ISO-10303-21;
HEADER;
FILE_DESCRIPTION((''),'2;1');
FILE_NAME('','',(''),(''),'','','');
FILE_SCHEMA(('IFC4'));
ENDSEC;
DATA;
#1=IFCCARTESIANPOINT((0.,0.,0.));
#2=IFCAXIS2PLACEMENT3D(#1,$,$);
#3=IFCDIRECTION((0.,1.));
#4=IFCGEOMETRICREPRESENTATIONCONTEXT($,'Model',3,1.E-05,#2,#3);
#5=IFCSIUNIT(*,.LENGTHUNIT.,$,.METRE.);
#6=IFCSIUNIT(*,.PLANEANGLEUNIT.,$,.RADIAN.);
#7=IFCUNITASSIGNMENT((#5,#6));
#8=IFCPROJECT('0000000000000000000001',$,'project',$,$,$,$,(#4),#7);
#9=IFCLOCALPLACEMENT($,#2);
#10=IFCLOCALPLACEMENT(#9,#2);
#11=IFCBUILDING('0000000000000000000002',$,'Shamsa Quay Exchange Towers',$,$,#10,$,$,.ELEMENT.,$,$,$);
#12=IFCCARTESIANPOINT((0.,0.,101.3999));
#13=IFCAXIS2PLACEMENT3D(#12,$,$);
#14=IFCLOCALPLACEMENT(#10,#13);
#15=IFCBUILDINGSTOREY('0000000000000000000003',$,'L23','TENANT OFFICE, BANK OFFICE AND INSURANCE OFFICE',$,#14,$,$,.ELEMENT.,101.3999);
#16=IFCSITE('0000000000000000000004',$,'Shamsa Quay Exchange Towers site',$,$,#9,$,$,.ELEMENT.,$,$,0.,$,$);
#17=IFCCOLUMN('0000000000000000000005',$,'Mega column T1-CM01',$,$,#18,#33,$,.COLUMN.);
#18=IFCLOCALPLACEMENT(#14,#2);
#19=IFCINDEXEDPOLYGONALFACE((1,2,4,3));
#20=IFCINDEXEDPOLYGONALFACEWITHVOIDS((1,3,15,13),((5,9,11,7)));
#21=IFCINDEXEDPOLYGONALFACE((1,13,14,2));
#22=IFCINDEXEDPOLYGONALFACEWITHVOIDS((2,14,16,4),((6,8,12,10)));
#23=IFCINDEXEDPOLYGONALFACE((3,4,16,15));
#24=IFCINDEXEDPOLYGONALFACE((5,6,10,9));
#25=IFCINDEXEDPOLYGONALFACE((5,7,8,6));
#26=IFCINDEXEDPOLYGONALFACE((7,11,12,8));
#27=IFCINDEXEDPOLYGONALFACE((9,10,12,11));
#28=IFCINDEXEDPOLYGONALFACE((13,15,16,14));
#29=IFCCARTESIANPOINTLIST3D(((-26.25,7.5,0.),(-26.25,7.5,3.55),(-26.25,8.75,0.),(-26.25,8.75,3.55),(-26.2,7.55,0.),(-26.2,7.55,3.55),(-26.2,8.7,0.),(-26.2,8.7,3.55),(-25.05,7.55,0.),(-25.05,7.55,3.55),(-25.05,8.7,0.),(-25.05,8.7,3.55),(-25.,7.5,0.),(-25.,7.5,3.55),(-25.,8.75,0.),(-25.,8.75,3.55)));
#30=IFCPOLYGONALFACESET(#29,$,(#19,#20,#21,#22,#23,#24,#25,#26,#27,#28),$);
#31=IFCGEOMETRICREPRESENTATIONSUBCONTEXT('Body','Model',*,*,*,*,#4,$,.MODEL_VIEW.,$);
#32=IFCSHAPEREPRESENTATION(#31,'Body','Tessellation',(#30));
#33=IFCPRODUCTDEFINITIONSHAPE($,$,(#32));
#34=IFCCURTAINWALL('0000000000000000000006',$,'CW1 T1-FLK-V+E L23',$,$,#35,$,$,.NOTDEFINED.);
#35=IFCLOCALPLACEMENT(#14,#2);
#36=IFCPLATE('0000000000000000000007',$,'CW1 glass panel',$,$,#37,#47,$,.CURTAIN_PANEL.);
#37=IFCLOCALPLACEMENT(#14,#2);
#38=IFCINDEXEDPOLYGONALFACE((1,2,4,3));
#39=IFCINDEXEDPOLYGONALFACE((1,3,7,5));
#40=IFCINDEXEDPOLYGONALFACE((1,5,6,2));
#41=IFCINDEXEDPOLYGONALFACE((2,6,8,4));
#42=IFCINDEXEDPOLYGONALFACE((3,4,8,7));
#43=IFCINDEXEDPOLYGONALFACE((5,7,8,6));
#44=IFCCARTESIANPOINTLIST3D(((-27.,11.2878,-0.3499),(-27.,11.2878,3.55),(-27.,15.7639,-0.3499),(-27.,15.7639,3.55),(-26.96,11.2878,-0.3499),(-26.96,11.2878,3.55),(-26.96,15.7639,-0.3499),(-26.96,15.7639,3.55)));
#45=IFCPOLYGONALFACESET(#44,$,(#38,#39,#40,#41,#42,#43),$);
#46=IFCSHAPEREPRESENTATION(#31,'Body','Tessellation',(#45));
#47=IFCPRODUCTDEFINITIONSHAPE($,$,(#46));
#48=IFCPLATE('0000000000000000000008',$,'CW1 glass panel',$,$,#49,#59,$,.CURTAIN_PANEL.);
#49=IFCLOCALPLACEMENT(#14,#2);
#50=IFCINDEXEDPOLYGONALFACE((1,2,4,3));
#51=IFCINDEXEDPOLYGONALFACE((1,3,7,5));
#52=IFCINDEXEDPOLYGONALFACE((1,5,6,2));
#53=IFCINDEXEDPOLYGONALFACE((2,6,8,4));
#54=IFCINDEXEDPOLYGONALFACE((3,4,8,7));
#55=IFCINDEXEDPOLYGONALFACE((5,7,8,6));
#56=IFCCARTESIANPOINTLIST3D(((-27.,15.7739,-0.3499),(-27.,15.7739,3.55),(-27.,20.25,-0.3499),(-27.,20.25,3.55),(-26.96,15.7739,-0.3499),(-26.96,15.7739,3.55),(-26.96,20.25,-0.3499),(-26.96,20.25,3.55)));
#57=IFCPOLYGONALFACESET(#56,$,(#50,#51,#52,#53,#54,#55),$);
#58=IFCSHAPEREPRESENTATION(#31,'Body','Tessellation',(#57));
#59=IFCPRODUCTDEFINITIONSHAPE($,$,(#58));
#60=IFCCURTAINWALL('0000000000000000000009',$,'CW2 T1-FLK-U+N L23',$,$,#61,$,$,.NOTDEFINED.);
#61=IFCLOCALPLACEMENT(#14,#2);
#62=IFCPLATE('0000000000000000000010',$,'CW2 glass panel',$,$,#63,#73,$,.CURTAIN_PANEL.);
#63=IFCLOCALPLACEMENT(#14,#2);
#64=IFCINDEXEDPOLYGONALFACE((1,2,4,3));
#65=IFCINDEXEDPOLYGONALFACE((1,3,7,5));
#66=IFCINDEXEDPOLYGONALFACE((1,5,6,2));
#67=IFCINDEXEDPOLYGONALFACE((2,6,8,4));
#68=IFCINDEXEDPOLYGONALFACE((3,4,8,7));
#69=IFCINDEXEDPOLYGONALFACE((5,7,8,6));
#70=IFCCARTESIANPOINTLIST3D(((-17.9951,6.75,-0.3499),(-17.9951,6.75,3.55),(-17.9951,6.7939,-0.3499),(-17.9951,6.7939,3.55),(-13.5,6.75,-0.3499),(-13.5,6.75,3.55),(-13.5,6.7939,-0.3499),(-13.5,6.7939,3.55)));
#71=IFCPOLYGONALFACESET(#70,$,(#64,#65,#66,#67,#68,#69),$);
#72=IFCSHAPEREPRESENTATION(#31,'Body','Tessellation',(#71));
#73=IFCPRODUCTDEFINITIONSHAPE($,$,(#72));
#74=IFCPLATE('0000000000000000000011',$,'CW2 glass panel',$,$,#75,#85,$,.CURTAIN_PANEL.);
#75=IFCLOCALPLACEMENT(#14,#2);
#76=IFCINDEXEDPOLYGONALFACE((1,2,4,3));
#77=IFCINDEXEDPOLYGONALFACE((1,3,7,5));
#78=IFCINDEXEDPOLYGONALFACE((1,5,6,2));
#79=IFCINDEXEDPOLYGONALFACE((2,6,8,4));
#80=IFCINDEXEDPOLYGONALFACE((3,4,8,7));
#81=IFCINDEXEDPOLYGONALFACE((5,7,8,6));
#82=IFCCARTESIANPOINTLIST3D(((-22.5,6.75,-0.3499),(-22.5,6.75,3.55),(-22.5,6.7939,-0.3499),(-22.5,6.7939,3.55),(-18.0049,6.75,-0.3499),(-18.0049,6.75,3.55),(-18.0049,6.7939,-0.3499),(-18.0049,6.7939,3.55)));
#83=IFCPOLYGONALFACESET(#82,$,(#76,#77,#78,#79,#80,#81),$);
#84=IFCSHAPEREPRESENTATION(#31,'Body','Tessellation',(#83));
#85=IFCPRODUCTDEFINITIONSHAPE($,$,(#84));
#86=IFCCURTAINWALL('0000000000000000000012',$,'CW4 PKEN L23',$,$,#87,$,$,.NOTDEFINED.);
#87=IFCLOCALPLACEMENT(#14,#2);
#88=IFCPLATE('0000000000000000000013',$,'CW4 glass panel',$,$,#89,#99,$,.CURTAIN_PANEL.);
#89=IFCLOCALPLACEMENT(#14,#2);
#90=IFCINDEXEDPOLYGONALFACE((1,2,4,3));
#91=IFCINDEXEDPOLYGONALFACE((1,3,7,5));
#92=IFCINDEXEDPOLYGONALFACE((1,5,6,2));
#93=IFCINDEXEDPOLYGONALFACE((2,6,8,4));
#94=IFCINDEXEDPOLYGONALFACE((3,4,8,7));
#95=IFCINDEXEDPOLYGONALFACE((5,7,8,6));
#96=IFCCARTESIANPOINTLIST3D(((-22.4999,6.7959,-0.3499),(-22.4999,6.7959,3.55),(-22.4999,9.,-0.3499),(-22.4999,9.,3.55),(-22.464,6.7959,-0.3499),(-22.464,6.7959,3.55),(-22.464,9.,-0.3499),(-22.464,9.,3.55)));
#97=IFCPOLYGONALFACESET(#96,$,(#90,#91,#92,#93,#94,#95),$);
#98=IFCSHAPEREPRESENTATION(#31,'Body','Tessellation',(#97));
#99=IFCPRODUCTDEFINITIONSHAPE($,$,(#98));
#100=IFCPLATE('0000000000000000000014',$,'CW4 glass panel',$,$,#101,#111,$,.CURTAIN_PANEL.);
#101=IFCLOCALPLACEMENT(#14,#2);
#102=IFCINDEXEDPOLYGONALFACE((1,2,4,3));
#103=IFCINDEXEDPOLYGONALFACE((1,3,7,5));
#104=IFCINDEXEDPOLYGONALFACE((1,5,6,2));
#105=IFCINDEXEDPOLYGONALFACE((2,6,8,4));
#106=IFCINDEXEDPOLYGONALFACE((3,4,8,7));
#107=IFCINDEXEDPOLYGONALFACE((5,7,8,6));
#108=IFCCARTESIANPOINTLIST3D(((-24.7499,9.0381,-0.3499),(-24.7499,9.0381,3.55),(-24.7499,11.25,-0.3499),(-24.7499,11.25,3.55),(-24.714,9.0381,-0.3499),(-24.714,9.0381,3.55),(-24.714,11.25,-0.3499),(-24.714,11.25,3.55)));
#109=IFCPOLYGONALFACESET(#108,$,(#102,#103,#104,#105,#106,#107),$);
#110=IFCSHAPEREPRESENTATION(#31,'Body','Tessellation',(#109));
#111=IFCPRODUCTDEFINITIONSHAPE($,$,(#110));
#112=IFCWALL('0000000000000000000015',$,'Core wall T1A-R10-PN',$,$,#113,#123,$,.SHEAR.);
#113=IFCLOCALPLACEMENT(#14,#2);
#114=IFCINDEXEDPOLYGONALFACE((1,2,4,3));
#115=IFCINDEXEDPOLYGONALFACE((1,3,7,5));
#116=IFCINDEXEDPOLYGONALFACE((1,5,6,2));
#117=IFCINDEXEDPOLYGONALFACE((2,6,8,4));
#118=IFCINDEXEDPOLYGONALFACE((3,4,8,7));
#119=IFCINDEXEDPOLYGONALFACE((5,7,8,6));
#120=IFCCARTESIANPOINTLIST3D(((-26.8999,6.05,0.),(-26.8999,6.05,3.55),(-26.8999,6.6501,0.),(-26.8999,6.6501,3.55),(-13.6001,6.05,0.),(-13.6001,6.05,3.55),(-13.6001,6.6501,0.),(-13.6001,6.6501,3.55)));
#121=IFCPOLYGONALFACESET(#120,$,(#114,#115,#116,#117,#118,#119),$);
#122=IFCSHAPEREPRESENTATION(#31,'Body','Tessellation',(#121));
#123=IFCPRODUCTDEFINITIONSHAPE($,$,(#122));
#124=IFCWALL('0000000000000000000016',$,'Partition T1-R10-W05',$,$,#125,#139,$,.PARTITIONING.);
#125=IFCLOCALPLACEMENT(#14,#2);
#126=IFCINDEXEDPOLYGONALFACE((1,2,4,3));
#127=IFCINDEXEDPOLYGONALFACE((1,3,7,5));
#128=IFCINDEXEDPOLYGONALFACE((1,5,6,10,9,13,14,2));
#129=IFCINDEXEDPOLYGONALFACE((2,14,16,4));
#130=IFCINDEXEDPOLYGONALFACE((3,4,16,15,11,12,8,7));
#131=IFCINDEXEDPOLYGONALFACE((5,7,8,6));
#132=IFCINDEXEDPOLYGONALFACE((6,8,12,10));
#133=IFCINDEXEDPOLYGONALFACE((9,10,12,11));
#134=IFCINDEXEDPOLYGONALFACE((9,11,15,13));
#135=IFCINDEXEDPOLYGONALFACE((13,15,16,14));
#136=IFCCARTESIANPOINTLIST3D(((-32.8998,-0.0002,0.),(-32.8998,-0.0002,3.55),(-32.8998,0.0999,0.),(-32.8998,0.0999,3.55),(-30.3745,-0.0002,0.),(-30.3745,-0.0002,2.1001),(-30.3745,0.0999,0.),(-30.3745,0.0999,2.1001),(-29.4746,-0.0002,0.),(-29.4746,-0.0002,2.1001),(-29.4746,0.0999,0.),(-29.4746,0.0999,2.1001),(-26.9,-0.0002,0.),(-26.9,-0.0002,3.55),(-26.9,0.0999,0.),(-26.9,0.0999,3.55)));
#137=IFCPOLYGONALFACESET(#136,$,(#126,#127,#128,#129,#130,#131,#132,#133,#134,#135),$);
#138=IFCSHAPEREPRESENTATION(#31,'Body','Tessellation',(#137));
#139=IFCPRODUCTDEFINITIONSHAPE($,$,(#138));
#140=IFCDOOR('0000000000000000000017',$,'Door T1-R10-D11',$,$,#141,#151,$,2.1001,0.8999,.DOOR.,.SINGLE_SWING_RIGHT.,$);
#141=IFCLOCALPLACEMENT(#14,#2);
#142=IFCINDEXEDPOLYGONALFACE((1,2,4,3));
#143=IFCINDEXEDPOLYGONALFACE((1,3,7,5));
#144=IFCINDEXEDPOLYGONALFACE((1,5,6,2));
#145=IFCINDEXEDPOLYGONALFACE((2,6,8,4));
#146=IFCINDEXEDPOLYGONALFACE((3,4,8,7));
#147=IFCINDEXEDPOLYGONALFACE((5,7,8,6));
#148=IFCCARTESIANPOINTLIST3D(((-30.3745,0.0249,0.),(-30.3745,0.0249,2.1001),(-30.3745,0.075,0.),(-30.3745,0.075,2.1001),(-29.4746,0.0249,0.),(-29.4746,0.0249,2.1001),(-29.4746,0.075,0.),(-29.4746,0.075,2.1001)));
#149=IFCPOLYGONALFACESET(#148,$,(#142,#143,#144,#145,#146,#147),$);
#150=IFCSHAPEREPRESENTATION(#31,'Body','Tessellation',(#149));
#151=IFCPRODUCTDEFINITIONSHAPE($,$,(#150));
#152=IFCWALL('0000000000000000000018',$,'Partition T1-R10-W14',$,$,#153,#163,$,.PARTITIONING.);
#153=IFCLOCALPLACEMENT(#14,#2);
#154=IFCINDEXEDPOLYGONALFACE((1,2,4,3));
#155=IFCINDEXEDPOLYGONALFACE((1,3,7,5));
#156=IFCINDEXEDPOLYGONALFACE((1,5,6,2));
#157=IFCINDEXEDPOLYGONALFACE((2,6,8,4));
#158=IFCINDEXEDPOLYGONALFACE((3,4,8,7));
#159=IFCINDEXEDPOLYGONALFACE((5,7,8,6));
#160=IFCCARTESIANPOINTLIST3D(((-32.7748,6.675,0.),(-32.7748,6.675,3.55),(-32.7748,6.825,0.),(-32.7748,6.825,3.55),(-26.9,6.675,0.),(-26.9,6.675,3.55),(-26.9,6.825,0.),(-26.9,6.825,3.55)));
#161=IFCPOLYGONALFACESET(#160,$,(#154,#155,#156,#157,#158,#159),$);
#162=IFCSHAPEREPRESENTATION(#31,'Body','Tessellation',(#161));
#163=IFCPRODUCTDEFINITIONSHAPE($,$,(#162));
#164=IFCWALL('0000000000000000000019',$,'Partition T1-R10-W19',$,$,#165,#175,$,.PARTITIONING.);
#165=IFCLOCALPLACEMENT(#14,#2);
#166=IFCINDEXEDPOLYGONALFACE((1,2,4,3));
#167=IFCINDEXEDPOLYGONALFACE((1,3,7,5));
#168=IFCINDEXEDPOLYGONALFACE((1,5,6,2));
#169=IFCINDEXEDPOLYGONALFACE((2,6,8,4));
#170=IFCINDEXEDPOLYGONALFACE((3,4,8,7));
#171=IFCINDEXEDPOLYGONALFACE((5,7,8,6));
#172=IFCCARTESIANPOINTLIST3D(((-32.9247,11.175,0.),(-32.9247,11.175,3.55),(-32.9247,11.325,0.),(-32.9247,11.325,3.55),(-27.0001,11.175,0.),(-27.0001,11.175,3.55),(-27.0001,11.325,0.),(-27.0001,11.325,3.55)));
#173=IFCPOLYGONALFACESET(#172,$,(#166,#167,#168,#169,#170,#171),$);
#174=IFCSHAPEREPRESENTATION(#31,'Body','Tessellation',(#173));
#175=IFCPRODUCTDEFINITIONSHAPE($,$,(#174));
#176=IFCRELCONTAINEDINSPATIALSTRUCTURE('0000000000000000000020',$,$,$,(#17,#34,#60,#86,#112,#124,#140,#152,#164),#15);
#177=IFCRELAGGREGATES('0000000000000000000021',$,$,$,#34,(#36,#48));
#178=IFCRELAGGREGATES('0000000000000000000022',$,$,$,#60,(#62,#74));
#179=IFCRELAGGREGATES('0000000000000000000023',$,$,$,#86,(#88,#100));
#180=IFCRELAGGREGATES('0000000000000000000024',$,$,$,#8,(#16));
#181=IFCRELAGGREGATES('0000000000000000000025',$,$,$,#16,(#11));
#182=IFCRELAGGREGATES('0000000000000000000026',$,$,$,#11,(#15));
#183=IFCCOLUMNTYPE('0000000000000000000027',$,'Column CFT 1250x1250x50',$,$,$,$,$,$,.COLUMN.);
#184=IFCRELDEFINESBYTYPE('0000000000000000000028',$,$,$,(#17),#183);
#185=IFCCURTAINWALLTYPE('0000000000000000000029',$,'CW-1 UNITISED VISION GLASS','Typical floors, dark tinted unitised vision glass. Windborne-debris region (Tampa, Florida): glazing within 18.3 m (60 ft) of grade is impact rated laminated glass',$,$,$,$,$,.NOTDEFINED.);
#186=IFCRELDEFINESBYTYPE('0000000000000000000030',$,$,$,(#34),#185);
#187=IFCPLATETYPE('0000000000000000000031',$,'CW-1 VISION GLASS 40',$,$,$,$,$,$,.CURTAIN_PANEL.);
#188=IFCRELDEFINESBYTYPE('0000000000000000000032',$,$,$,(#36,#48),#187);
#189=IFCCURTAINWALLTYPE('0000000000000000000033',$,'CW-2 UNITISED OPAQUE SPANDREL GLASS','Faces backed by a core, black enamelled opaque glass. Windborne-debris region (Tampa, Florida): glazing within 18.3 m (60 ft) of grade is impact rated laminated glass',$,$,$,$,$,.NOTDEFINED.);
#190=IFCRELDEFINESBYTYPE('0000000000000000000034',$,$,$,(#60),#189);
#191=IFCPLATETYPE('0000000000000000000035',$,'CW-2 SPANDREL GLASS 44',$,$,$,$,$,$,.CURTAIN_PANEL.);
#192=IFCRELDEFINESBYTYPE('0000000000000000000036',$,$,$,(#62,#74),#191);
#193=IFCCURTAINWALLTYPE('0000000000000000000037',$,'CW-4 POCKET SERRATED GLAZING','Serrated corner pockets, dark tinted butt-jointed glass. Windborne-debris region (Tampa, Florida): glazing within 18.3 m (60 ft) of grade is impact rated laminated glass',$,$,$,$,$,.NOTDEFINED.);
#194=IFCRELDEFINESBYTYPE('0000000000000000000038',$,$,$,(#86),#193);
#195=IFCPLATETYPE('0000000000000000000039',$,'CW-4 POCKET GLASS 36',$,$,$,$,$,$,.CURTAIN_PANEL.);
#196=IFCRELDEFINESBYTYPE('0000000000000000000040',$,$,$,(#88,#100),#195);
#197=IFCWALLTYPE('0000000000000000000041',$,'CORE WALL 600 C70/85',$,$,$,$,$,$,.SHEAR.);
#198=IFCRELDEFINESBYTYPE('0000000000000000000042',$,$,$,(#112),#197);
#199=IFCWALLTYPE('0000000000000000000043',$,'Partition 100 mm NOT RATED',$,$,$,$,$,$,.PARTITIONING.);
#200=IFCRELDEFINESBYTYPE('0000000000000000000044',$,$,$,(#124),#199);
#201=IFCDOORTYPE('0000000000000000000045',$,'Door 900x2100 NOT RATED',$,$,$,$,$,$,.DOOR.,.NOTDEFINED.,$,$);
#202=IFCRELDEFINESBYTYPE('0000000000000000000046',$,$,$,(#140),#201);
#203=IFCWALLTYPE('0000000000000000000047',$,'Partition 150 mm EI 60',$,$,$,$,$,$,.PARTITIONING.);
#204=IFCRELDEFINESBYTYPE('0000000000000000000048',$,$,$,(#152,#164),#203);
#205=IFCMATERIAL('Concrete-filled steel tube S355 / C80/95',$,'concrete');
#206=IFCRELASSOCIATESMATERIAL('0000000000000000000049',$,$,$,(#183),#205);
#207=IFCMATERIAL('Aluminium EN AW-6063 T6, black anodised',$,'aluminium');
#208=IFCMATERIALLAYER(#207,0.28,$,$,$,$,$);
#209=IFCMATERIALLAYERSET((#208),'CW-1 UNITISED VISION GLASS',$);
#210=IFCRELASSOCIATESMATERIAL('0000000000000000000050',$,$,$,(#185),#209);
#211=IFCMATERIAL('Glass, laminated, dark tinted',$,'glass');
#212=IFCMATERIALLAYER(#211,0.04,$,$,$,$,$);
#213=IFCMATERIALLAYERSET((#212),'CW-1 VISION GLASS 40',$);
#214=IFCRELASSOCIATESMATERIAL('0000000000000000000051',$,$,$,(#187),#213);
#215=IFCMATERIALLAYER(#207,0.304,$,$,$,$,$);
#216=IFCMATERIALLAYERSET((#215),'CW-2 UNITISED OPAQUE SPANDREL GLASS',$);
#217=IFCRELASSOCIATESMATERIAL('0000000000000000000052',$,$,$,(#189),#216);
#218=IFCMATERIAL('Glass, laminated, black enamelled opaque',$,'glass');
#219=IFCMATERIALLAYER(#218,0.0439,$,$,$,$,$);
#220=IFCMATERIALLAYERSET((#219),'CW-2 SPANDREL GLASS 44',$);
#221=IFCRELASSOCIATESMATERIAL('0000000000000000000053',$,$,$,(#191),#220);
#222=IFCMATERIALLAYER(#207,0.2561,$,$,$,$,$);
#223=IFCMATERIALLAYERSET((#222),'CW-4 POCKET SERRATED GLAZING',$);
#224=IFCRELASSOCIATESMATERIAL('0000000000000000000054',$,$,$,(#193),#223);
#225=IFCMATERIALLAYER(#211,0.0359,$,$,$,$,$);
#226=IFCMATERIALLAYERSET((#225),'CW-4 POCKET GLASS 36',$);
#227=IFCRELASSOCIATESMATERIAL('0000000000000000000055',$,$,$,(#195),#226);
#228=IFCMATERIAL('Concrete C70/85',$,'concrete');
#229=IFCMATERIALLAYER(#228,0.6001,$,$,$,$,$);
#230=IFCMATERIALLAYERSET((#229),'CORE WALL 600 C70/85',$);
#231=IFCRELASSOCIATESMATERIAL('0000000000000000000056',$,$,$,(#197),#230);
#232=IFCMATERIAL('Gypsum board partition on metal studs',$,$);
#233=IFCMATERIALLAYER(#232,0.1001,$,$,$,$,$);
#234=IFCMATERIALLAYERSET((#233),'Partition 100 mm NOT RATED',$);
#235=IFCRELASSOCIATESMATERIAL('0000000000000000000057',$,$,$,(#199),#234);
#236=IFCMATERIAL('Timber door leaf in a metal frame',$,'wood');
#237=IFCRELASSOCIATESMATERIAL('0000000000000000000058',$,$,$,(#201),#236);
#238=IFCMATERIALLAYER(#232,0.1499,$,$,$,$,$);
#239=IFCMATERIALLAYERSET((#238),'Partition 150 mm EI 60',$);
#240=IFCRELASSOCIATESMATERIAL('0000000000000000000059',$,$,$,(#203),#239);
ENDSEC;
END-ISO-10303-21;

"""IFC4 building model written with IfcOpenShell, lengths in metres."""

from ifc_helpers import new_model, si_unit, direction, frame, frame_2d, origin, origin_2d, place, context, subcontext, project, spatial, rectangle, hollow_rectangle, extrude, material, layer, layer_set, material_profile, profile_set, type_object, element, fill, aggregate, save


model = new_model("IFC4")

# Units and contexts
model_context = context("Model", 3, precision=1e-05, world=origin(), true_north=direction((0.0, 1.0)))
body_context = subcontext(model_context, "Body", "Model", "MODEL_VIEW")
ifc_project = project(units=[si_unit("LENGTHUNIT", "METRE"), si_unit("PLANEANGLEUNIT", "RADIAN")], contexts=[model_context])

# Site, building, storey
site_placement = place(None, origin())
site = spatial("IfcSite", under=ifc_project, at=site_placement, Name="Shamsa Quay Exchange Towers site", CompositionType="ELEMENT", RefElevation=0.0)
building_placement = place(site_placement, origin())
building = spatial("IfcBuilding", under=site, at=building_placement, Name="Shamsa Quay Exchange Towers", CompositionType="ELEMENT")
storey_placement = place(building_placement, frame((0.0, 0.0, 101.3999)))
storey = spatial("IfcBuildingStorey", under=building, at=storey_placement, Name="L23", Description="TENANT OFFICE, BANK OFFICE AND INSURANCE OFFICE", CompositionType="ELEMENT", Elevation=101.3999)

# Column
ifc_material_1 = material(Name="Concrete-filled steel tube S355 / C80/95", Category="concrete")
ifc_material_profile = material_profile(ifc_material_1, hollow_rectangle(XDim=1.25, YDim=1.25, WallThickness=0.05, at=origin_2d()), Name="CFT 1250x1250x50")
ifc_profile_set = profile_set([ifc_material_profile], Name="Concrete-filled steel tube S355 / C80/95")
column_type = type_object("IfcColumnType", Name="Column CFT 1250x1250x50", PredefinedType="COLUMN", material=ifc_profile_set)
column_placement = place(storey_placement, frame((-25.625, 8.125, 0.0)))
element("IfcColumn", 1, at=column_placement, inside=storey, type_object=column_type, Name="Mega column T1-CM01", PredefinedType="COLUMN", context=body_context, shape_type="SweptSolid", body=[
    extrude(hollow_rectangle(XDim=1.25, YDim=1.25, WallThickness=0.05, at=origin_2d()), origin(), (0.0, 0.0, 1.0), 3.55),
])

# Curtain walls, plates
ifc_material_2 = material(Name="Aluminium EN AW-6063 T6, black anodised", Category="aluminium")
ifc_layer_1 = layer(ifc_material_2, 0.28)
ifc_layer_set_1 = layer_set([ifc_layer_1], Name="CW-1 UNITISED VISION GLASS")
curtain_wall_type_1 = type_object("IfcCurtainWallType", Name="CW-1 UNITISED VISION GLASS", Description="Typical floors, dark tinted unitised vision glass. Windborne-debris region (Tampa, Florida): glazing within 18.3 m (60 ft) of grade is impact rated laminated glass", PredefinedType="NOTDEFINED", material=ifc_layer_set_1)
curtain_wall_1_placement = place(storey_placement, origin())
curtain_wall_1 = element("IfcCurtainWall", 2, at=curtain_wall_1_placement, inside=storey, type_object=curtain_wall_type_1, Name="CW1 T1-FLK-V+E L23", PredefinedType="NOTDEFINED")
ifc_material_3 = material(Name="Glass, laminated, dark tinted", Category="glass")
ifc_layer_2 = layer(ifc_material_3, 0.04)
ifc_layer_set_2 = layer_set([ifc_layer_2], Name="CW-1 VISION GLASS 40")
plate_type_1 = type_object("IfcPlateType", Name="CW-1 VISION GLASS 40", PredefinedType="CURTAIN_PANEL", material=ifc_layer_set_2)
plate_1_placement = place(storey_placement, frame((-26.98, 13.5259, -0.3499), z_axis=(0.0, 0.0, 1.0), x_axis=(0.0, 1.0, 0.0)))
plate_1 = element("IfcPlate", 3, at=plate_1_placement, type_object=plate_type_1, Name="CW1 glass panel", PredefinedType="CURTAIN_PANEL", context=body_context, shape_type="SweptSolid", body=[
    extrude(rectangle(XDim=4.4761, YDim=0.04, at=origin_2d()), origin(), (0.0, 0.0, 1.0), 3.8999),
])
plate_2_placement = place(storey_placement, frame((-26.98, 18.012, -0.3499), z_axis=(0.0, 0.0, 1.0), x_axis=(0.0, 1.0, 0.0)))
plate_2 = element("IfcPlate", 4, at=plate_2_placement, type_object=plate_type_1, Name="CW1 glass panel", PredefinedType="CURTAIN_PANEL", context=body_context, shape_type="SweptSolid", body=[
    extrude(rectangle(XDim=4.4761, YDim=0.04, at=origin_2d()), origin(), (0.0, 0.0, 1.0), 3.8999),
])
aggregate(curtain_wall_1, [plate_1, plate_2])
ifc_layer_3 = layer(ifc_material_2, 0.304)
ifc_layer_set_3 = layer_set([ifc_layer_3], Name="CW-2 UNITISED OPAQUE SPANDREL GLASS")
curtain_wall_type_2 = type_object("IfcCurtainWallType", Name="CW-2 UNITISED OPAQUE SPANDREL GLASS", Description="Faces backed by a core, black enamelled opaque glass. Windborne-debris region (Tampa, Florida): glazing within 18.3 m (60 ft) of grade is impact rated laminated glass", PredefinedType="NOTDEFINED", material=ifc_layer_set_3)
curtain_wall_2_placement = place(storey_placement, origin())
curtain_wall_2 = element("IfcCurtainWall", 5, at=curtain_wall_2_placement, inside=storey, type_object=curtain_wall_type_2, Name="CW2 T1-FLK-U+N L23", PredefinedType="NOTDEFINED")
ifc_material_4 = material(Name="Glass, laminated, black enamelled opaque", Category="glass")
ifc_layer_4 = layer(ifc_material_4, 0.0439)
ifc_layer_set_4 = layer_set([ifc_layer_4], Name="CW-2 SPANDREL GLASS 44")
plate_type_2 = type_object("IfcPlateType", Name="CW-2 SPANDREL GLASS 44", PredefinedType="CURTAIN_PANEL", material=ifc_layer_set_4)
plate_3_placement = place(storey_placement, frame((-15.7476, 6.772, -0.3499), z_axis=(0.0, 0.0, 1.0), x_axis=(-1.0, 0.0, 0.0)))
plate_3 = element("IfcPlate", 6, at=plate_3_placement, type_object=plate_type_2, Name="CW2 glass panel", PredefinedType="CURTAIN_PANEL", context=body_context, shape_type="SweptSolid", body=[
    extrude(rectangle(XDim=4.4951, YDim=0.0439, at=origin_2d()), origin(), (0.0, 0.0, 1.0), 3.8999),
])
plate_4_placement = place(storey_placement, frame((-20.2524, 6.772, -0.3499), z_axis=(0.0, 0.0, 1.0), x_axis=(-1.0, 0.0, 0.0)))
plate_4 = element("IfcPlate", 7, at=plate_4_placement, type_object=plate_type_2, Name="CW2 glass panel", PredefinedType="CURTAIN_PANEL", context=body_context, shape_type="SweptSolid", body=[
    extrude(rectangle(XDim=4.4951, YDim=0.0439, at=origin_2d()), origin(), (0.0, 0.0, 1.0), 3.8999),
])
aggregate(curtain_wall_2, [plate_3, plate_4])
ifc_layer_5 = layer(ifc_material_2, 0.2561)
ifc_layer_set_5 = layer_set([ifc_layer_5], Name="CW-4 POCKET SERRATED GLAZING")
curtain_wall_type_3 = type_object("IfcCurtainWallType", Name="CW-4 POCKET SERRATED GLAZING", Description="Serrated corner pockets, dark tinted butt-jointed glass. Windborne-debris region (Tampa, Florida): glazing within 18.3 m (60 ft) of grade is impact rated laminated glass", PredefinedType="NOTDEFINED", material=ifc_layer_set_5)
curtain_wall_3_placement = place(storey_placement, origin())
curtain_wall_3 = element("IfcCurtainWall", 8, at=curtain_wall_3_placement, inside=storey, type_object=curtain_wall_type_3, Name="CW4 PKEN L23", PredefinedType="NOTDEFINED")
ifc_layer_6 = layer(ifc_material_3, 0.0359)
ifc_layer_set_6 = layer_set([ifc_layer_6], Name="CW-4 POCKET GLASS 36")
plate_type_3 = type_object("IfcPlateType", Name="CW-4 POCKET GLASS 36", PredefinedType="CURTAIN_PANEL", material=ifc_layer_set_6)
plate_5_placement = place(storey_placement, frame((-22.4819, 7.8979, -0.3499), z_axis=(0.0, 0.0, 1.0), x_axis=(0.0, 1.0, 0.0)))
plate_5 = element("IfcPlate", 9, at=plate_5_placement, type_object=plate_type_3, Name="CW4 glass panel", PredefinedType="CURTAIN_PANEL", context=body_context, shape_type="SweptSolid", body=[
    extrude(rectangle(XDim=2.2041, YDim=0.0359, at=origin_2d()), origin(), (0.0, 0.0, 1.0), 3.8999),
])
plate_6_placement = place(storey_placement, frame((-24.7319, 10.144, -0.3499), z_axis=(0.0, 0.0, 1.0), x_axis=(0.0, 1.0, 0.0)))
plate_6 = element("IfcPlate", 10, at=plate_6_placement, type_object=plate_type_3, Name="CW4 glass panel", PredefinedType="CURTAIN_PANEL", context=body_context, shape_type="SweptSolid", body=[
    extrude(rectangle(XDim=2.2119, YDim=0.0359, at=origin_2d()), origin(), (0.0, 0.0, 1.0), 3.8999),
])
aggregate(curtain_wall_3, [plate_5, plate_6])

# Wall
ifc_material_5 = material(Name="Concrete C70/85", Category="concrete")
ifc_layer_7 = layer(ifc_material_5, 0.6001)
ifc_layer_set_7 = layer_set([ifc_layer_7], Name="CORE WALL 600 C70/85")
wall_type_1 = type_object("IfcWallType", Name="CORE WALL 600 C70/85", PredefinedType="SHEAR", material=ifc_layer_set_7)
wall_1_placement = place(storey_placement, frame((-26.8999, 6.3501, 0.0)))
element("IfcWall", 11, at=wall_1_placement, inside=storey, type_object=wall_type_1, Name="Core wall T1A-R10-PN", PredefinedType="SHEAR", context=body_context, shape_type="SweptSolid", body=[
    extrude(rectangle(XDim=13.2998, YDim=0.6001, at=frame_2d((6.6499, 0.0))), origin(), (0.0, 0.0, 1.0), 3.55),
])

# Wall, opening, door
ifc_material_6 = material(Name="Gypsum board partition on metal studs")
ifc_layer_8 = layer(ifc_material_6, 0.1001)
ifc_layer_set_8 = layer_set([ifc_layer_8], Name="Partition 100 mm NOT RATED")
wall_type_2 = type_object("IfcWallType", Name="Partition 100 mm NOT RATED", PredefinedType="PARTITIONING", material=ifc_layer_set_8)
wall_2_placement = place(storey_placement, frame((-26.8999, 0.0498, 0.0), z_axis=(0.0, 0.0, 1.0), x_axis=(-1.0, 0.0, 0.0)))
wall_2 = element("IfcWall", 12, at=wall_2_placement, inside=storey, type_object=wall_type_2, Name="Partition T1-R10-W05", PredefinedType="PARTITIONING", context=body_context, shape_type="SweptSolid", body=[
    extrude(rectangle(XDim=5.9998, YDim=0.1001, at=frame_2d((3.0, 0.0))), origin(), (0.0, 0.0, 1.0), 3.55),
])
opening_1_placement = place(wall_2_placement, frame((2.5747, 0.0, 0.0)))
opening_1 = element("IfcOpeningElement", 13, at=opening_1_placement, cuts=wall_2, PredefinedType="OPENING", context=body_context, shape_type="SweptSolid", body=[
    extrude(rectangle(XDim=0.8999, YDim=2.1001, at=frame_2d((0.45, 1.05))), frame((0.0, 0.0601, 0.0), z_axis=(0.0, -1.0, 0.0), x_axis=(1.0, 0.0, 0.0)), (0.0, 0.0, 1.0), 0.1201),
])
ifc_material_7 = material(Name="Timber door leaf in a metal frame", Category="wood")
door_type_1 = type_object("IfcDoorType", Name="Door 900x2100 NOT RATED", OperationType="NOTDEFINED", PredefinedType="DOOR", material=ifc_material_7)
door_1_placement = place(opening_1_placement, origin())
door_1 = element("IfcDoor", 14, at=door_1_placement, inside=storey, type_object=door_type_1, Name="Door T1-R10-D11", OperationType="SINGLE_SWING_RIGHT", OverallHeight=2.1001, OverallWidth=0.8999, PredefinedType="DOOR", context=body_context, shape_type="SweptSolid", body=[
    extrude(rectangle(XDim=0.8999, YDim=2.1001, at=frame_2d((0.45, 1.05))), frame((0.0, 0.0249, 0.0), z_axis=(0.0, -1.0, 0.0), x_axis=(1.0, 0.0, 0.0)), (0.0, 0.0, 1.0), 0.05),
])
fill(opening_1, door_1)

# Walls
ifc_layer_9 = layer(ifc_material_6, 0.1499)
ifc_layer_set_9 = layer_set([ifc_layer_9], Name="Partition 150 mm EI 60")
wall_type_3 = type_object("IfcWallType", Name="Partition 150 mm EI 60", PredefinedType="PARTITIONING", material=ifc_layer_set_9)
wall_3_placement = place(storey_placement, frame((-26.8999, 6.75, 0.0), z_axis=(0.0, 0.0, 1.0), x_axis=(-1.0, 0.0, 0.0)))
element("IfcWall", 15, at=wall_3_placement, inside=storey, type_object=wall_type_3, Name="Partition T1-R10-W14", PredefinedType="PARTITIONING", context=body_context, shape_type="SweptSolid", body=[
    extrude(rectangle(XDim=5.8748, YDim=0.1499, at=frame_2d((2.9375, 0.0))), origin(), (0.0, 0.0, 1.0), 3.55),
])
wall_4_placement = place(storey_placement, frame((-27.0, 11.25, 0.0), z_axis=(0.0, 0.0, 1.0), x_axis=(-1.0, 0.0, 0.0)))
element("IfcWall", 16, at=wall_4_placement, inside=storey, type_object=wall_type_3, Name="Partition T1-R10-W19", PredefinedType="PARTITIONING", context=body_context, shape_type="SweptSolid", body=[
    extrude(rectangle(XDim=5.9246, YDim=0.1499, at=frame_2d((2.9624, 0.0))), origin(), (0.0, 0.0, 1.0), 3.55),
])

save(model, "model.ifc")
